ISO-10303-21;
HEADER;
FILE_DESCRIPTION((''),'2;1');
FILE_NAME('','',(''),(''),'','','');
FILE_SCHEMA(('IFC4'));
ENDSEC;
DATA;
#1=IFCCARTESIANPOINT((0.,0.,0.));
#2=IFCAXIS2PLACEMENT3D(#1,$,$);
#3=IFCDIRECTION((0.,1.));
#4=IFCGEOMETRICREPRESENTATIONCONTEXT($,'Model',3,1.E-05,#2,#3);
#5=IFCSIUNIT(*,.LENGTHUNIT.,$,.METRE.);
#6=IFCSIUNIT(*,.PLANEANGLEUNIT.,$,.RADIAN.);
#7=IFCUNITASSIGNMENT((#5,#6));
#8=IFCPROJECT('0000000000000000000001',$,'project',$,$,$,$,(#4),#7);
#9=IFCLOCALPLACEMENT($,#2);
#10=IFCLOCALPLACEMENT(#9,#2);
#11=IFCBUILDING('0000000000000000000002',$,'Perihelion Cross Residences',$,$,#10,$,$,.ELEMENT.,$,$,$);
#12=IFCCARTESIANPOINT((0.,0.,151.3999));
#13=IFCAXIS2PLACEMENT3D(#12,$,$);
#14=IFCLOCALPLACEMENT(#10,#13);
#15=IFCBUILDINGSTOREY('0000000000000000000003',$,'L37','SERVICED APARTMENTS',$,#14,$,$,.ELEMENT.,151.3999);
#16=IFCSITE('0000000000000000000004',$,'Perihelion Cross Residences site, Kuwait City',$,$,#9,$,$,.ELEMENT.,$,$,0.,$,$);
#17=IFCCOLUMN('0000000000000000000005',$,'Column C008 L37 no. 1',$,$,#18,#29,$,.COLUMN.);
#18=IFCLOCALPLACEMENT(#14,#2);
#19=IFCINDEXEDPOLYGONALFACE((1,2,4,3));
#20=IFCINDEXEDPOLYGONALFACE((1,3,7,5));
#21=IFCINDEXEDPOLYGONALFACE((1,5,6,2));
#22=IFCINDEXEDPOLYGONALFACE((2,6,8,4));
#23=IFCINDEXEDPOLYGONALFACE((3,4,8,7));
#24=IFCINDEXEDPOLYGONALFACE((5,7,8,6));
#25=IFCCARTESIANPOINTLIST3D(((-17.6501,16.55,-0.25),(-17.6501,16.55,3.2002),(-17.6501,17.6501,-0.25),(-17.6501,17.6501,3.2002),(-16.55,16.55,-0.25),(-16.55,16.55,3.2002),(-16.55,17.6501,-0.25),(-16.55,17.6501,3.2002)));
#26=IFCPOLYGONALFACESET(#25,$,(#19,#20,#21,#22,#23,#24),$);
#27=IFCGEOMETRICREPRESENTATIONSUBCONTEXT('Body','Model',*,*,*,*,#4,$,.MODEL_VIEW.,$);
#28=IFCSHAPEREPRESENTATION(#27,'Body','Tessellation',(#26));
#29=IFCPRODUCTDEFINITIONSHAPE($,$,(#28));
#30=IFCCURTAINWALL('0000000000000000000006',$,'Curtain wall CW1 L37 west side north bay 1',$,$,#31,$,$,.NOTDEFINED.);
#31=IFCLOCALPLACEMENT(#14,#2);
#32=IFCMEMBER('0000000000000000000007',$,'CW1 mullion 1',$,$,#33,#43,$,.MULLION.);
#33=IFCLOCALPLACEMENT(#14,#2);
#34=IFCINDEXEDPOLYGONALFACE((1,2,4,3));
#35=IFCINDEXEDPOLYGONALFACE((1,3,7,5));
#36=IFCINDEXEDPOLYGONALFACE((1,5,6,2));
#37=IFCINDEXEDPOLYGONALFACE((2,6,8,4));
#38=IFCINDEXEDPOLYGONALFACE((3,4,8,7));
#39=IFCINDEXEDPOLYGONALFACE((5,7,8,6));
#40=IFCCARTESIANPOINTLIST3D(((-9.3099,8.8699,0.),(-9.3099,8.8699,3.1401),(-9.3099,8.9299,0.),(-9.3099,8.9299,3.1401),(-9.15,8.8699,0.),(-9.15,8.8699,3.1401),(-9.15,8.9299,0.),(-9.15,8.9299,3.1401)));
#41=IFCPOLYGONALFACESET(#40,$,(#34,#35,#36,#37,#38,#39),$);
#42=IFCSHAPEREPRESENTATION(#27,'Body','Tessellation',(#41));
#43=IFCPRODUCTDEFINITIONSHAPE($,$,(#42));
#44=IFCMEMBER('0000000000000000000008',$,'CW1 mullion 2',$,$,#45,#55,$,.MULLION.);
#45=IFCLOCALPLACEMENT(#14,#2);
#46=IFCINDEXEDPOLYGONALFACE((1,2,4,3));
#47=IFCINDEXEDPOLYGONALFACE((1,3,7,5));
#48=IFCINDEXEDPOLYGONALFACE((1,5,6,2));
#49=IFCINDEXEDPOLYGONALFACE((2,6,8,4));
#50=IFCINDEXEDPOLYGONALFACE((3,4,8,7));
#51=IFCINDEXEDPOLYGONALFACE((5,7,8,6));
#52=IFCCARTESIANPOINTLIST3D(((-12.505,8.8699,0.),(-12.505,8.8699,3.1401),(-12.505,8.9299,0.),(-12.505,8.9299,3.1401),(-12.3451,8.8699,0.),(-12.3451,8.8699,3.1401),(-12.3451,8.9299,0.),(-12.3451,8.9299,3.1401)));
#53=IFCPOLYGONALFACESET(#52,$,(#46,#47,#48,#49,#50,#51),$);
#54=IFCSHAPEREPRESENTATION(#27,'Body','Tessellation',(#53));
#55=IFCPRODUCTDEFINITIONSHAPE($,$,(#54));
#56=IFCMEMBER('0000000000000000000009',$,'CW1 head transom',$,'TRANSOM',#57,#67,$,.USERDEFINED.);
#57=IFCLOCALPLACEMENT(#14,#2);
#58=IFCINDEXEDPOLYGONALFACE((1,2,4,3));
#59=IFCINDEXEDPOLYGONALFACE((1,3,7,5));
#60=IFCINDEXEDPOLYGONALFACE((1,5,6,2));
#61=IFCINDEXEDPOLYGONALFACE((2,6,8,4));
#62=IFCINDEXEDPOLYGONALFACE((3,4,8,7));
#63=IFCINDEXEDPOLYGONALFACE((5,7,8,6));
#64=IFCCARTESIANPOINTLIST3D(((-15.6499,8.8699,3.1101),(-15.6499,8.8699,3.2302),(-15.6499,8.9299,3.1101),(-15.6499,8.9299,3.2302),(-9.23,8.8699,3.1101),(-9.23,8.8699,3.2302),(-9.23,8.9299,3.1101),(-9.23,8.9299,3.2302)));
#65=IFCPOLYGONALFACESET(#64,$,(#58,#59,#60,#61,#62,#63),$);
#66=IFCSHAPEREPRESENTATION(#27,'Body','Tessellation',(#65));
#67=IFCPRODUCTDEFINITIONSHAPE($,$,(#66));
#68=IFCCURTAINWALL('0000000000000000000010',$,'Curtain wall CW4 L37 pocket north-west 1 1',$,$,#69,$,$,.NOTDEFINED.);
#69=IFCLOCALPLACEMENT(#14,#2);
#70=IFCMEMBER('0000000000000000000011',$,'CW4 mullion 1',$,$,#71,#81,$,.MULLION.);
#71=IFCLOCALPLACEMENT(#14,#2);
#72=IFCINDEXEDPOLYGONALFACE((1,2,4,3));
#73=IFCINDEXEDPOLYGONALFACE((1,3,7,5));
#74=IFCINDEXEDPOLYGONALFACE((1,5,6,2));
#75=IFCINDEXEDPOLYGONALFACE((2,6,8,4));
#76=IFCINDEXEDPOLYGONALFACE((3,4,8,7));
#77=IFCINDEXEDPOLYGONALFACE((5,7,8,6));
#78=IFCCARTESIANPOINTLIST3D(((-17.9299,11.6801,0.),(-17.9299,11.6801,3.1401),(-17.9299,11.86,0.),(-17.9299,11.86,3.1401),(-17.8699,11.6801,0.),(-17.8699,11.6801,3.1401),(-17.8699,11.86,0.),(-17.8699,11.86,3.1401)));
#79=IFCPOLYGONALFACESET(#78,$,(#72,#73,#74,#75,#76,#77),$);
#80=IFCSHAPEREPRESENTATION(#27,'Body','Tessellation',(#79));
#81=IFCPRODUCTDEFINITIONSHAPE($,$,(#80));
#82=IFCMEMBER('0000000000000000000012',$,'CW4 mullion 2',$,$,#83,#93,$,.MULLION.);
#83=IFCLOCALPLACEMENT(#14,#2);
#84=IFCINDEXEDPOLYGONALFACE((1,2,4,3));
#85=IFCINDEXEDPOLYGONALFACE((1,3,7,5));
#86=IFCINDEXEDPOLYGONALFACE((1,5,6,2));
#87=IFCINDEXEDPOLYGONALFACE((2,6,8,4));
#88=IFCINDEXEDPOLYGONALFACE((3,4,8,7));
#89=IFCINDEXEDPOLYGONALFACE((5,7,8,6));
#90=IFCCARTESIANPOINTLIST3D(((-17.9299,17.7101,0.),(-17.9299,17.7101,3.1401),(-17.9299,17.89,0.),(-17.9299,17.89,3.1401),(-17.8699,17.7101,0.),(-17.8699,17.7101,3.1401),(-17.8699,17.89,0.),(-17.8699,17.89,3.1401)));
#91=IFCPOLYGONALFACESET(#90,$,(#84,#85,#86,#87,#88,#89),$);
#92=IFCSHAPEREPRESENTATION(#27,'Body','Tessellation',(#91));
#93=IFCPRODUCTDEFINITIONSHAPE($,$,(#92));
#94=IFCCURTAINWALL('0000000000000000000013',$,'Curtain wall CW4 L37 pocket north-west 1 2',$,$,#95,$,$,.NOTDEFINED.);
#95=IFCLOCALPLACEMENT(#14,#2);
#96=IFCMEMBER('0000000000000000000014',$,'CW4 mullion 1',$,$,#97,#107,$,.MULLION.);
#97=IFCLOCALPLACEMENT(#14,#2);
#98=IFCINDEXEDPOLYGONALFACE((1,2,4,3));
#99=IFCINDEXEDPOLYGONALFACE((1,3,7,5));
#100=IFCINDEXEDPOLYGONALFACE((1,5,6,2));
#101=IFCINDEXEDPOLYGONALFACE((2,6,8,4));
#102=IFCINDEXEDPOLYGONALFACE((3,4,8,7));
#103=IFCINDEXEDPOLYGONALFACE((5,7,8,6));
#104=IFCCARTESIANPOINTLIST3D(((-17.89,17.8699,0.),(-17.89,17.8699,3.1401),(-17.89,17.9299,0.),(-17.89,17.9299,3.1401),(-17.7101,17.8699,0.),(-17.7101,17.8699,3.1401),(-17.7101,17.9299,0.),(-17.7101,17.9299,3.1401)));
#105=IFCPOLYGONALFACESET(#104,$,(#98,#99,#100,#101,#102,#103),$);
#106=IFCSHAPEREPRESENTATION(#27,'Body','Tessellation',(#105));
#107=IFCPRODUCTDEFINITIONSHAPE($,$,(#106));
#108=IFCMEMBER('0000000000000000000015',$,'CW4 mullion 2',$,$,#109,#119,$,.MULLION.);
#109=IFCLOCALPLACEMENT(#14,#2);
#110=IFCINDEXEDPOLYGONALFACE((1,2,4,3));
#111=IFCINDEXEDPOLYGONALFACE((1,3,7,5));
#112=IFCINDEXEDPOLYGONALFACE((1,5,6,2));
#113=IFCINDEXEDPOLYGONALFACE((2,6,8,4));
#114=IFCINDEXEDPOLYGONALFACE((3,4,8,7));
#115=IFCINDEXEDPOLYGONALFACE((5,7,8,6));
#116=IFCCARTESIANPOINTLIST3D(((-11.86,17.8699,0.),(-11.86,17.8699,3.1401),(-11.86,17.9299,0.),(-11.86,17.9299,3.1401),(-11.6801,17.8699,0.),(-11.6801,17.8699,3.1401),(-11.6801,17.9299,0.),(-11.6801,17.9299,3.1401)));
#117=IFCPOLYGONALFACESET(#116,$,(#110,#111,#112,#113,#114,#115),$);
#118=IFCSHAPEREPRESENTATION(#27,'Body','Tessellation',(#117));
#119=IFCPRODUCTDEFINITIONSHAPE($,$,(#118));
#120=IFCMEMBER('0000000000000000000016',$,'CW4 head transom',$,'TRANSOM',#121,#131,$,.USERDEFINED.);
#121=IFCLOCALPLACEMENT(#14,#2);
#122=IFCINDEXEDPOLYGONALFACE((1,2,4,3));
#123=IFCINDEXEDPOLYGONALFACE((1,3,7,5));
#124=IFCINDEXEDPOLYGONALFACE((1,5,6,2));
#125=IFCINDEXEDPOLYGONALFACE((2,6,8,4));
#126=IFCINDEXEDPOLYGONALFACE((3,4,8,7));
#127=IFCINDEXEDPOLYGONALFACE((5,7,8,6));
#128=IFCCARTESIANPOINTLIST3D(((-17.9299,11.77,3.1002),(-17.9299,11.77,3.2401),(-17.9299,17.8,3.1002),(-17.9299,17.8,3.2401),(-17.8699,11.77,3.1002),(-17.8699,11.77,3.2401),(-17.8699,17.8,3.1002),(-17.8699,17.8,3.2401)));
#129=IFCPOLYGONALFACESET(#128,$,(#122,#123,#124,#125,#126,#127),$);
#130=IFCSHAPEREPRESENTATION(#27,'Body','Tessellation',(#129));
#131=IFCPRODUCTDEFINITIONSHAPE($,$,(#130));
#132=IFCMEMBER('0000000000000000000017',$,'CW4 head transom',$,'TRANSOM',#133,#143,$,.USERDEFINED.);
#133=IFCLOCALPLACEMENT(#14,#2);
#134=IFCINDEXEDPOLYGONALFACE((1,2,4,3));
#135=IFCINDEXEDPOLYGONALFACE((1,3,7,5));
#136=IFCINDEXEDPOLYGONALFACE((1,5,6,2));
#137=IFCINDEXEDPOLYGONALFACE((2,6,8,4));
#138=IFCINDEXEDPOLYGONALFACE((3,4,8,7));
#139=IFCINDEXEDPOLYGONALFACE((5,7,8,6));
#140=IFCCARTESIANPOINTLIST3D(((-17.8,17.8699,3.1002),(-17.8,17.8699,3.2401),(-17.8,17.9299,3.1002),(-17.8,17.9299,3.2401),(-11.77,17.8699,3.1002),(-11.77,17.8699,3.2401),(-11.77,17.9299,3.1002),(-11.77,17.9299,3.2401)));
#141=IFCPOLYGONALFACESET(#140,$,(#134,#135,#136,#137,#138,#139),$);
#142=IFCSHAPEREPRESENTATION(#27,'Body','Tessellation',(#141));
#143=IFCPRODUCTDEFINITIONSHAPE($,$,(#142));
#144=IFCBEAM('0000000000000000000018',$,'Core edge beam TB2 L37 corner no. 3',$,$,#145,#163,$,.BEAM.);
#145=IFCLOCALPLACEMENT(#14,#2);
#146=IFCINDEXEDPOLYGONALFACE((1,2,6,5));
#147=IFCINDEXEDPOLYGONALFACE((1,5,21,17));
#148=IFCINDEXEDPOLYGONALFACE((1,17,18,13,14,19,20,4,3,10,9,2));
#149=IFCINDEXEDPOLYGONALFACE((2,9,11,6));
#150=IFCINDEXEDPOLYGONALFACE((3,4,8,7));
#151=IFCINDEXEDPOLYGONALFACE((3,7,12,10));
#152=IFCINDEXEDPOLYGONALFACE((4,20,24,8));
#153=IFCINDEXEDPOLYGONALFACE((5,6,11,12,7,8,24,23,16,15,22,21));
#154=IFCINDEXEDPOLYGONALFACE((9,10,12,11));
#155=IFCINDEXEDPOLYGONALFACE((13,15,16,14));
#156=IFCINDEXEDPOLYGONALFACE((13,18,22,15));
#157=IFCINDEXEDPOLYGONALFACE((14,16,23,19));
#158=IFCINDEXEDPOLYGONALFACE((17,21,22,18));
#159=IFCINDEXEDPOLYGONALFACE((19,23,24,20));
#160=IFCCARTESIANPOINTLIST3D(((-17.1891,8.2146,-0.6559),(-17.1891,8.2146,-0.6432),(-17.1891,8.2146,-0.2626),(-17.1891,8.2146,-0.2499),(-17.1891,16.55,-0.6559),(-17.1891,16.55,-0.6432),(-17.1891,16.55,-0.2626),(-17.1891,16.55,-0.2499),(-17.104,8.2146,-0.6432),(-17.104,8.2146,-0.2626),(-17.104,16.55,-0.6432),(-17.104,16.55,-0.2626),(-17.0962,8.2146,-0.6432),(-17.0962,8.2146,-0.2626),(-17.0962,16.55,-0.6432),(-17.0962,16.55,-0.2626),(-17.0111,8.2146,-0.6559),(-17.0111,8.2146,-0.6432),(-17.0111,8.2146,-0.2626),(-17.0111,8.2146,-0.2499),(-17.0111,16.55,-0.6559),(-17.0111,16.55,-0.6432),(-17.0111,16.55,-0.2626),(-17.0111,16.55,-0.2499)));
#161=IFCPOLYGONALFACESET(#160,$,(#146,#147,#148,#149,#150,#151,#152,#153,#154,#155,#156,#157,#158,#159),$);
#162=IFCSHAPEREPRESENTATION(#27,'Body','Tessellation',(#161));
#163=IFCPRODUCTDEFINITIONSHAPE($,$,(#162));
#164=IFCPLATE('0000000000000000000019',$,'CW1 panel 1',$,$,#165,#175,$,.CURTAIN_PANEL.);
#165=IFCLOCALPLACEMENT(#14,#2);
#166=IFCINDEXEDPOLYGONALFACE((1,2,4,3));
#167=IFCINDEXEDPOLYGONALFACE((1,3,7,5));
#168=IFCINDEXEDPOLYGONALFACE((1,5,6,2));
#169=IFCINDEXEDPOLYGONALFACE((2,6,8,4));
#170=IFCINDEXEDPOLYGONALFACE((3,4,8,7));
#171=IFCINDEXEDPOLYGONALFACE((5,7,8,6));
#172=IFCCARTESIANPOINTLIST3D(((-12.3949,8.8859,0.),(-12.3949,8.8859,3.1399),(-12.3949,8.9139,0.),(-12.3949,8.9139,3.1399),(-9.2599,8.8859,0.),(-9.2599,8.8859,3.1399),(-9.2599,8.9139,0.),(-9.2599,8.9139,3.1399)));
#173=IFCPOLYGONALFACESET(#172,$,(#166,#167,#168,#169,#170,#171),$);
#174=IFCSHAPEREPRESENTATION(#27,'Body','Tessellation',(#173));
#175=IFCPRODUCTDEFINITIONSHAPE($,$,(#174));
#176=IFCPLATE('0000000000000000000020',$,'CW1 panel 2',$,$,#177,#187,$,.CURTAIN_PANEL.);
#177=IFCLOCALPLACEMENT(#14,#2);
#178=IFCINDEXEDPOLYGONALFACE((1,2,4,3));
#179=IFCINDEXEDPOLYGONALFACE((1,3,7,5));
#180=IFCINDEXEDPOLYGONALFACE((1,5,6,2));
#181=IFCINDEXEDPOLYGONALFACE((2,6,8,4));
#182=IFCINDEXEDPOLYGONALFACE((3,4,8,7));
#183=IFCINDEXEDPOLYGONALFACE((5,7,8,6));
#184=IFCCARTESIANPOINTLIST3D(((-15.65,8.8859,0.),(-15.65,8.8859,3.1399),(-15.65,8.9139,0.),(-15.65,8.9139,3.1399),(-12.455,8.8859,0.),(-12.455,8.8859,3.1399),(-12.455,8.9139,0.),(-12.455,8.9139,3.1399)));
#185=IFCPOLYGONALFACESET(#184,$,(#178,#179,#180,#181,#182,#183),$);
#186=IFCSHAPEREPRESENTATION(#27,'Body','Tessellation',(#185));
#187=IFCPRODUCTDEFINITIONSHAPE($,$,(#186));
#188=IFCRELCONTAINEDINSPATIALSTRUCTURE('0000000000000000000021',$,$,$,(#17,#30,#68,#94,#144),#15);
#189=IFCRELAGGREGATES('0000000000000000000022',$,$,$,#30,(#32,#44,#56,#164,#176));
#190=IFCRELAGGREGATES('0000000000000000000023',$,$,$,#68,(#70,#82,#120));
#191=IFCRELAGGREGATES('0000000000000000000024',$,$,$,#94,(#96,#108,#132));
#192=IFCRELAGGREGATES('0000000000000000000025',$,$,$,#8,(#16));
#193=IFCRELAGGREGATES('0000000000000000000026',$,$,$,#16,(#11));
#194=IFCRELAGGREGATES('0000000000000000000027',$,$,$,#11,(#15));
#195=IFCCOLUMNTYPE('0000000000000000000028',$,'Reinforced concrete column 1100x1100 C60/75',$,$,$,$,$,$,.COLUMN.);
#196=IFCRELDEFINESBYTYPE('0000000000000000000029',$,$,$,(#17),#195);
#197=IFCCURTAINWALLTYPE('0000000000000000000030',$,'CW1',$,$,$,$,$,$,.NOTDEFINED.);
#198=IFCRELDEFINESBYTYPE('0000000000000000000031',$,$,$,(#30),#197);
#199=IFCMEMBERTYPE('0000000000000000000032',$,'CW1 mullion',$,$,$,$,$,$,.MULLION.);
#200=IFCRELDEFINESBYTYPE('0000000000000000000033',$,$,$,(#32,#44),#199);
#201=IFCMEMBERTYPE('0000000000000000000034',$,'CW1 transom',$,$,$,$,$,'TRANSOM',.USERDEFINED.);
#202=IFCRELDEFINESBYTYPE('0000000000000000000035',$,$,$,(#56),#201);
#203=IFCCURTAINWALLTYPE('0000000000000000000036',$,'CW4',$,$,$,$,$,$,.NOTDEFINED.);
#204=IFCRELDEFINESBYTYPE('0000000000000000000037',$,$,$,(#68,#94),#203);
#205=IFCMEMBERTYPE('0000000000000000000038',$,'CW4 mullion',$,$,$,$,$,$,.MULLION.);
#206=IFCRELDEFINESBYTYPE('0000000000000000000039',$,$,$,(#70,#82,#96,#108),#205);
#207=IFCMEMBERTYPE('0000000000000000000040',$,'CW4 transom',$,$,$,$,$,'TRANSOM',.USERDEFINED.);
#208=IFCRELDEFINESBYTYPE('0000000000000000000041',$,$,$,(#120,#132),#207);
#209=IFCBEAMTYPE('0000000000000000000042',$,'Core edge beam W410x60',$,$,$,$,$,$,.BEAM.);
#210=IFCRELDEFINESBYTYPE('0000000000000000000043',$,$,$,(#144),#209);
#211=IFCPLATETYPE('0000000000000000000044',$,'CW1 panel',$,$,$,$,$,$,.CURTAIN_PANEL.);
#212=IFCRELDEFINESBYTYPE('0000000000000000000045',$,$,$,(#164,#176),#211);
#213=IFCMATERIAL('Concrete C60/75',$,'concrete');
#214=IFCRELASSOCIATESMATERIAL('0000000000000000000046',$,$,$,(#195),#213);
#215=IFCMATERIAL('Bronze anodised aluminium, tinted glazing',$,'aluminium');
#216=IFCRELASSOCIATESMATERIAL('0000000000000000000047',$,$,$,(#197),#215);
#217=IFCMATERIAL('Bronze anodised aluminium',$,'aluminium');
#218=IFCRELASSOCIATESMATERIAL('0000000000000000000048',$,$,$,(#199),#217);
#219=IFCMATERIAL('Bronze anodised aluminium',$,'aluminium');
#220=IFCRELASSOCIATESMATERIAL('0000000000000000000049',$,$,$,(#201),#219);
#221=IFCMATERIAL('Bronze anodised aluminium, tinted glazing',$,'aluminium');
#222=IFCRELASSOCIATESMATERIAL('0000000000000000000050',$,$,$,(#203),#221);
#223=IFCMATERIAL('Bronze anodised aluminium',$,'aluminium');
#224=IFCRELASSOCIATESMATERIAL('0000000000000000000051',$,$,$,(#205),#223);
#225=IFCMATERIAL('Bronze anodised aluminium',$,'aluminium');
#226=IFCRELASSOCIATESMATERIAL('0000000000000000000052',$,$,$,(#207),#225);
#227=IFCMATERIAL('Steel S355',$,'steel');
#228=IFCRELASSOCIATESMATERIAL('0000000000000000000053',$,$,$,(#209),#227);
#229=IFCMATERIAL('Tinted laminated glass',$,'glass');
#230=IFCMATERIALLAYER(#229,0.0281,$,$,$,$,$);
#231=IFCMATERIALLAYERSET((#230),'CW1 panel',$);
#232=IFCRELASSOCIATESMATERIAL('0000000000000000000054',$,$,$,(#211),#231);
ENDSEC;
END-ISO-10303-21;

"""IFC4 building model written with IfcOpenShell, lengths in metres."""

from ifc_helpers import new_model, si_unit, direction, frame, origin, origin_2d, place, context, subcontext, project, spatial, rectangle, i_section, extrude, material, layer, layer_set, material_profile, profile_set, type_object, element, aggregate, save


model = new_model("IFC4")

# Units and contexts
model_context = context("Model", 3, precision=1e-05, world=origin(), true_north=direction((0.0, 1.0)))
body_context = subcontext(model_context, "Body", "Model", "MODEL_VIEW")
ifc_project = project(units=[si_unit("LENGTHUNIT", "METRE"), si_unit("PLANEANGLEUNIT", "RADIAN")], contexts=[model_context])

# Site, building, storey
site_placement = place(None, origin())
site = spatial("IfcSite", under=ifc_project, at=site_placement, Name="Perihelion Cross Residences site, Kuwait City", CompositionType="ELEMENT", RefElevation=0.0)
building_placement = place(site_placement, origin())
building = spatial("IfcBuilding", under=site, at=building_placement, Name="Perihelion Cross Residences", CompositionType="ELEMENT")
storey_placement = place(building_placement, frame((0.0, 0.0, 151.3999)))
storey = spatial("IfcBuildingStorey", under=building, at=storey_placement, Name="L37", Description="SERVICED APARTMENTS", CompositionType="ELEMENT", Elevation=151.3999)

# Column
ifc_material_1 = material(Name="Concrete C60/75", Category="concrete")
ifc_material_profile_1 = material_profile(ifc_material_1, rectangle(XDim=1.1001, YDim=1.1001, at=origin_2d()), Name="RC 1100x1100")
ifc_profile_set_1 = profile_set([ifc_material_profile_1], Name="Concrete C60/75")
column_type = type_object("IfcColumnType", Name="Reinforced concrete column 1100x1100 C60/75", PredefinedType="COLUMN", material=ifc_profile_set_1)
column_placement = place(storey_placement, frame((-17.1001, 17.1001, -0.25), z_axis=(0.0, 0.0, 1.0), x_axis=(1.0, 0.0, 0.0)))
element("IfcColumn", 1, at=column_placement, inside=storey, type_object=column_type, Name="Column C008 L37 no. 1", PredefinedType="COLUMN", context=body_context, shape_type="SweptSolid", body=[
    extrude(rectangle(XDim=1.1001, YDim=1.1001, at=origin_2d()), origin(), (0.0, 0.0, 1.0), 3.4502),
])

# Curtain walls, members
ifc_material_2 = material(Name="Bronze anodised aluminium, tinted glazing", Category="aluminium")
curtain_wall_type_1 = type_object("IfcCurtainWallType", Name="CW1", PredefinedType="NOTDEFINED", material=ifc_material_2)
curtain_wall_1_placement = place(storey_placement, origin())
curtain_wall_1 = element("IfcCurtainWall", 2, at=curtain_wall_1_placement, inside=storey, type_object=curtain_wall_type_1, Name="Curtain wall CW1 L37 west side north bay 1", PredefinedType="NOTDEFINED")
ifc_material_3 = material(Name="Bronze anodised aluminium", Category="aluminium")
ifc_material_profile_2 = material_profile(ifc_material_3, rectangle(XDim=0.0601, YDim=0.1599, at=origin_2d()), Name="CW1 mullion")
ifc_profile_set_2 = profile_set([ifc_material_profile_2], Name="Bronze anodised aluminium")
member_type_1 = type_object("IfcMemberType", Name="CW1 mullion", PredefinedType="MULLION", material=ifc_profile_set_2)
member_1_placement = place(storey_placement, frame((-9.23, 8.8999, 0.0), z_axis=(0.0, 0.0, 1.0), x_axis=(0.0, -1.0, 0.0)))
member_1 = element("IfcMember", 3, at=member_1_placement, type_object=member_type_1, Name="CW1 mullion 1", PredefinedType="MULLION", context=body_context, shape_type="SweptSolid", body=[
    extrude(rectangle(XDim=0.0601, YDim=0.1599, at=origin_2d()), origin(), (0.0, 0.0, 1.0), 3.1401),
])
member_2_placement = place(storey_placement, frame((-12.425, 8.8999, 0.0), z_axis=(0.0, 0.0, 1.0), x_axis=(0.0, -1.0, 0.0)))
member_2 = element("IfcMember", 4, at=member_2_placement, type_object=member_type_1, Name="CW1 mullion 2", PredefinedType="MULLION", context=body_context, shape_type="SweptSolid", body=[
    extrude(rectangle(XDim=0.0601, YDim=0.1599, at=origin_2d()), origin(), (0.0, 0.0, 1.0), 3.1401),
])
ifc_material_4 = material(Name="Bronze anodised aluminium", Category="aluminium")
ifc_material_profile_3 = material_profile(ifc_material_4, rectangle(XDim=0.0601, YDim=0.1201, at=origin_2d()), Name="CW1 transom")
ifc_profile_set_3 = profile_set([ifc_material_profile_3], Name="Bronze anodised aluminium")
member_type_2 = type_object("IfcMemberType", Name="CW1 transom", ElementType="TRANSOM", PredefinedType="USERDEFINED", material=ifc_profile_set_3)
member_3_placement = place(storey_placement, frame((-9.23, 8.8999, 3.1702), z_axis=(-1.0, 0.0, 0.0), x_axis=(0.0, -1.0, 0.0)))
member_3 = element("IfcMember", 5, at=member_3_placement, type_object=member_type_2, Name="CW1 head transom", ObjectType="TRANSOM", PredefinedType="USERDEFINED", context=body_context, shape_type="SweptSolid", body=[
    extrude(rectangle(XDim=0.0601, YDim=0.1201, at=origin_2d()), origin(), (0.0, 0.0, 1.0), 6.4199),
])
ifc_material_5 = material(Name="Bronze anodised aluminium, tinted glazing", Category="aluminium")
curtain_wall_type_2 = type_object("IfcCurtainWallType", Name="CW4", PredefinedType="NOTDEFINED", material=ifc_material_5)
curtain_wall_2_placement = place(storey_placement, origin())
curtain_wall_2 = element("IfcCurtainWall", 6, at=curtain_wall_2_placement, inside=storey, type_object=curtain_wall_type_2, Name="Curtain wall CW4 L37 pocket north-west 1 1", PredefinedType="NOTDEFINED")
ifc_material_6 = material(Name="Bronze anodised aluminium", Category="aluminium")
ifc_material_profile_4 = material_profile(ifc_material_6, rectangle(XDim=0.0601, YDim=0.1799, at=origin_2d()), Name="CW4 mullion")
ifc_profile_set_4 = profile_set([ifc_material_profile_4], Name="Bronze anodised aluminium")
member_type_3 = type_object("IfcMemberType", Name="CW4 mullion", PredefinedType="MULLION", material=ifc_profile_set_4)
member_4_placement = place(storey_placement, frame((-17.8999, 11.77, 0.0), z_axis=(0.0, 0.0, 1.0), x_axis=(-1.0, 0.0, 0.0)))
member_4 = element("IfcMember", 7, at=member_4_placement, type_object=member_type_3, Name="CW4 mullion 1", PredefinedType="MULLION", context=body_context, shape_type="SweptSolid", body=[
    extrude(rectangle(XDim=0.0601, YDim=0.1799, at=origin_2d()), origin(), (0.0, 0.0, 1.0), 3.1401),
])
member_5_placement = place(storey_placement, frame((-17.8999, 17.8, 0.0), z_axis=(0.0, 0.0, 1.0), x_axis=(-1.0, 0.0, 0.0)))
member_5 = element("IfcMember", 8, at=member_5_placement, type_object=member_type_3, Name="CW4 mullion 2", PredefinedType="MULLION", context=body_context, shape_type="SweptSolid", body=[
    extrude(rectangle(XDim=0.0601, YDim=0.1799, at=origin_2d()), origin(), (0.0, 0.0, 1.0), 3.1401),
])
curtain_wall_3_placement = place(storey_placement, origin())
curtain_wall_3 = element("IfcCurtainWall", 9, at=curtain_wall_3_placement, inside=storey, type_object=curtain_wall_type_2, Name="Curtain wall CW4 L37 pocket north-west 1 2", PredefinedType="NOTDEFINED")
member_6_placement = place(storey_placement, frame((-17.8, 17.8999, 0.0), z_axis=(0.0, 0.0, 1.0), x_axis=(0.0, 1.0, 0.0)))
member_6 = element("IfcMember", 10, at=member_6_placement, type_object=member_type_3, Name="CW4 mullion 1", PredefinedType="MULLION", context=body_context, shape_type="SweptSolid", body=[
    extrude(rectangle(XDim=0.0601, YDim=0.1799, at=origin_2d()), origin(), (0.0, 0.0, 1.0), 3.1401),
])
member_7_placement = place(storey_placement, frame((-11.77, 17.8999, 0.0), z_axis=(0.0, 0.0, 1.0), x_axis=(0.0, 1.0, 0.0)))
member_7 = element("IfcMember", 11, at=member_7_placement, type_object=member_type_3, Name="CW4 mullion 2", PredefinedType="MULLION", context=body_context, shape_type="SweptSolid", body=[
    extrude(rectangle(XDim=0.0601, YDim=0.1799, at=origin_2d()), origin(), (0.0, 0.0, 1.0), 3.1401),
])

# Members
ifc_material_7 = material(Name="Bronze anodised aluminium", Category="aluminium")
ifc_material_profile_5 = material_profile(ifc_material_7, rectangle(XDim=0.0601, YDim=0.1399, at=origin_2d()), Name="CW4 transom")
ifc_profile_set_5 = profile_set([ifc_material_profile_5], Name="Bronze anodised aluminium")
member_type_4 = type_object("IfcMemberType", Name="CW4 transom", ElementType="TRANSOM", PredefinedType="USERDEFINED", material=ifc_profile_set_5)
member_8_placement = place(storey_placement, frame((-17.8999, 11.77, 3.1702), z_axis=(0.0, 1.0, 0.0), x_axis=(-1.0, 0.0, 0.0)))
member_8 = element("IfcMember", 12, at=member_8_placement, type_object=member_type_4, Name="CW4 head transom", ObjectType="TRANSOM", PredefinedType="USERDEFINED", context=body_context, shape_type="SweptSolid", body=[
    extrude(rectangle(XDim=0.0601, YDim=0.1399, at=origin_2d()), origin(), (0.0, 0.0, 1.0), 6.03),
])
member_9_placement = place(storey_placement, frame((-17.8, 17.8999, 3.1702), z_axis=(1.0, 0.0, 0.0), x_axis=(0.0, 1.0, 0.0)))
member_9 = element("IfcMember", 13, at=member_9_placement, type_object=member_type_4, Name="CW4 head transom", ObjectType="TRANSOM", PredefinedType="USERDEFINED", context=body_context, shape_type="SweptSolid", body=[
    extrude(rectangle(XDim=0.0601, YDim=0.1399, at=origin_2d()), origin(), (0.0, 0.0, 1.0), 6.03),
])

# Beam
ifc_material_8 = material(Name="Steel S355", Category="steel")
ifc_material_profile_6 = material_profile(ifc_material_8, i_section(OverallWidth=0.178, OverallDepth=0.406, WebThickness=0.0078, FlangeThickness=0.0127, at=origin_2d()), Name="W410x60")
ifc_profile_set_6 = profile_set([ifc_material_profile_6], Name="Steel S355")
beam_type = type_object("IfcBeamType", Name="Core edge beam W410x60", PredefinedType="BEAM", material=ifc_profile_set_6)
beam_placement = place(storey_placement, frame((-17.1001, 8.2146, -0.4529), z_axis=(0.0, 1.0, 0.0), x_axis=(-1.0, 0.0, 0.0)))
element("IfcBeam", 14, at=beam_placement, inside=storey, type_object=beam_type, Name="Core edge beam TB2 L37 corner no. 3", PredefinedType="BEAM", context=body_context, shape_type="SweptSolid", body=[
    extrude(i_section(OverallWidth=0.178, OverallDepth=0.406, WebThickness=0.0078, FlangeThickness=0.0127, at=origin_2d()), origin(), (0.0, 0.0, 1.0), 8.3354),
])

# Plates
ifc_material_9 = material(Name="Tinted laminated glass", Category="glass")
ifc_layer_1 = layer(ifc_material_9, 0.0281)
ifc_layer_set_1 = layer_set([ifc_layer_1], Name="CW1 panel")
plate_type_1 = type_object("IfcPlateType", Name="CW1 panel", PredefinedType="CURTAIN_PANEL", material=ifc_layer_set_1)
plate_1_placement = place(storey_placement, frame((-10.8274, 8.8999, 0.0), z_axis=(0.0, 0.0, 1.0), x_axis=(-1.0, 0.0, 0.0)))
plate_1 = element("IfcPlate", 15, at=plate_1_placement, type_object=plate_type_1, Name="CW1 panel 1", PredefinedType="CURTAIN_PANEL", context=body_context, shape_type="SweptSolid", body=[
    extrude(rectangle(XDim=3.135, YDim=0.0281, at=origin_2d()), origin(), (0.0, 0.0, 1.0), 3.1399),
])
plate_2_placement = place(storey_placement, frame((-14.0525, 8.8999, 0.0), z_axis=(0.0, 0.0, 1.0), x_axis=(-1.0, 0.0, 0.0)))
plate_2 = element("IfcPlate", 16, at=plate_2_placement, type_object=plate_type_1, Name="CW1 panel 2", PredefinedType="CURTAIN_PANEL", context=body_context, shape_type="SweptSolid", body=[
    extrude(rectangle(XDim=3.1951, YDim=0.0281, at=origin_2d()), origin(), (0.0, 0.0, 1.0), 3.1399),
])
aggregate(curtain_wall_1, [member_1, member_2, member_3, plate_1, plate_2])
aggregate(curtain_wall_2, [member_4, member_5, member_8])
aggregate(curtain_wall_3, [member_6, member_7, member_9])

save(model, "model.ifc")
